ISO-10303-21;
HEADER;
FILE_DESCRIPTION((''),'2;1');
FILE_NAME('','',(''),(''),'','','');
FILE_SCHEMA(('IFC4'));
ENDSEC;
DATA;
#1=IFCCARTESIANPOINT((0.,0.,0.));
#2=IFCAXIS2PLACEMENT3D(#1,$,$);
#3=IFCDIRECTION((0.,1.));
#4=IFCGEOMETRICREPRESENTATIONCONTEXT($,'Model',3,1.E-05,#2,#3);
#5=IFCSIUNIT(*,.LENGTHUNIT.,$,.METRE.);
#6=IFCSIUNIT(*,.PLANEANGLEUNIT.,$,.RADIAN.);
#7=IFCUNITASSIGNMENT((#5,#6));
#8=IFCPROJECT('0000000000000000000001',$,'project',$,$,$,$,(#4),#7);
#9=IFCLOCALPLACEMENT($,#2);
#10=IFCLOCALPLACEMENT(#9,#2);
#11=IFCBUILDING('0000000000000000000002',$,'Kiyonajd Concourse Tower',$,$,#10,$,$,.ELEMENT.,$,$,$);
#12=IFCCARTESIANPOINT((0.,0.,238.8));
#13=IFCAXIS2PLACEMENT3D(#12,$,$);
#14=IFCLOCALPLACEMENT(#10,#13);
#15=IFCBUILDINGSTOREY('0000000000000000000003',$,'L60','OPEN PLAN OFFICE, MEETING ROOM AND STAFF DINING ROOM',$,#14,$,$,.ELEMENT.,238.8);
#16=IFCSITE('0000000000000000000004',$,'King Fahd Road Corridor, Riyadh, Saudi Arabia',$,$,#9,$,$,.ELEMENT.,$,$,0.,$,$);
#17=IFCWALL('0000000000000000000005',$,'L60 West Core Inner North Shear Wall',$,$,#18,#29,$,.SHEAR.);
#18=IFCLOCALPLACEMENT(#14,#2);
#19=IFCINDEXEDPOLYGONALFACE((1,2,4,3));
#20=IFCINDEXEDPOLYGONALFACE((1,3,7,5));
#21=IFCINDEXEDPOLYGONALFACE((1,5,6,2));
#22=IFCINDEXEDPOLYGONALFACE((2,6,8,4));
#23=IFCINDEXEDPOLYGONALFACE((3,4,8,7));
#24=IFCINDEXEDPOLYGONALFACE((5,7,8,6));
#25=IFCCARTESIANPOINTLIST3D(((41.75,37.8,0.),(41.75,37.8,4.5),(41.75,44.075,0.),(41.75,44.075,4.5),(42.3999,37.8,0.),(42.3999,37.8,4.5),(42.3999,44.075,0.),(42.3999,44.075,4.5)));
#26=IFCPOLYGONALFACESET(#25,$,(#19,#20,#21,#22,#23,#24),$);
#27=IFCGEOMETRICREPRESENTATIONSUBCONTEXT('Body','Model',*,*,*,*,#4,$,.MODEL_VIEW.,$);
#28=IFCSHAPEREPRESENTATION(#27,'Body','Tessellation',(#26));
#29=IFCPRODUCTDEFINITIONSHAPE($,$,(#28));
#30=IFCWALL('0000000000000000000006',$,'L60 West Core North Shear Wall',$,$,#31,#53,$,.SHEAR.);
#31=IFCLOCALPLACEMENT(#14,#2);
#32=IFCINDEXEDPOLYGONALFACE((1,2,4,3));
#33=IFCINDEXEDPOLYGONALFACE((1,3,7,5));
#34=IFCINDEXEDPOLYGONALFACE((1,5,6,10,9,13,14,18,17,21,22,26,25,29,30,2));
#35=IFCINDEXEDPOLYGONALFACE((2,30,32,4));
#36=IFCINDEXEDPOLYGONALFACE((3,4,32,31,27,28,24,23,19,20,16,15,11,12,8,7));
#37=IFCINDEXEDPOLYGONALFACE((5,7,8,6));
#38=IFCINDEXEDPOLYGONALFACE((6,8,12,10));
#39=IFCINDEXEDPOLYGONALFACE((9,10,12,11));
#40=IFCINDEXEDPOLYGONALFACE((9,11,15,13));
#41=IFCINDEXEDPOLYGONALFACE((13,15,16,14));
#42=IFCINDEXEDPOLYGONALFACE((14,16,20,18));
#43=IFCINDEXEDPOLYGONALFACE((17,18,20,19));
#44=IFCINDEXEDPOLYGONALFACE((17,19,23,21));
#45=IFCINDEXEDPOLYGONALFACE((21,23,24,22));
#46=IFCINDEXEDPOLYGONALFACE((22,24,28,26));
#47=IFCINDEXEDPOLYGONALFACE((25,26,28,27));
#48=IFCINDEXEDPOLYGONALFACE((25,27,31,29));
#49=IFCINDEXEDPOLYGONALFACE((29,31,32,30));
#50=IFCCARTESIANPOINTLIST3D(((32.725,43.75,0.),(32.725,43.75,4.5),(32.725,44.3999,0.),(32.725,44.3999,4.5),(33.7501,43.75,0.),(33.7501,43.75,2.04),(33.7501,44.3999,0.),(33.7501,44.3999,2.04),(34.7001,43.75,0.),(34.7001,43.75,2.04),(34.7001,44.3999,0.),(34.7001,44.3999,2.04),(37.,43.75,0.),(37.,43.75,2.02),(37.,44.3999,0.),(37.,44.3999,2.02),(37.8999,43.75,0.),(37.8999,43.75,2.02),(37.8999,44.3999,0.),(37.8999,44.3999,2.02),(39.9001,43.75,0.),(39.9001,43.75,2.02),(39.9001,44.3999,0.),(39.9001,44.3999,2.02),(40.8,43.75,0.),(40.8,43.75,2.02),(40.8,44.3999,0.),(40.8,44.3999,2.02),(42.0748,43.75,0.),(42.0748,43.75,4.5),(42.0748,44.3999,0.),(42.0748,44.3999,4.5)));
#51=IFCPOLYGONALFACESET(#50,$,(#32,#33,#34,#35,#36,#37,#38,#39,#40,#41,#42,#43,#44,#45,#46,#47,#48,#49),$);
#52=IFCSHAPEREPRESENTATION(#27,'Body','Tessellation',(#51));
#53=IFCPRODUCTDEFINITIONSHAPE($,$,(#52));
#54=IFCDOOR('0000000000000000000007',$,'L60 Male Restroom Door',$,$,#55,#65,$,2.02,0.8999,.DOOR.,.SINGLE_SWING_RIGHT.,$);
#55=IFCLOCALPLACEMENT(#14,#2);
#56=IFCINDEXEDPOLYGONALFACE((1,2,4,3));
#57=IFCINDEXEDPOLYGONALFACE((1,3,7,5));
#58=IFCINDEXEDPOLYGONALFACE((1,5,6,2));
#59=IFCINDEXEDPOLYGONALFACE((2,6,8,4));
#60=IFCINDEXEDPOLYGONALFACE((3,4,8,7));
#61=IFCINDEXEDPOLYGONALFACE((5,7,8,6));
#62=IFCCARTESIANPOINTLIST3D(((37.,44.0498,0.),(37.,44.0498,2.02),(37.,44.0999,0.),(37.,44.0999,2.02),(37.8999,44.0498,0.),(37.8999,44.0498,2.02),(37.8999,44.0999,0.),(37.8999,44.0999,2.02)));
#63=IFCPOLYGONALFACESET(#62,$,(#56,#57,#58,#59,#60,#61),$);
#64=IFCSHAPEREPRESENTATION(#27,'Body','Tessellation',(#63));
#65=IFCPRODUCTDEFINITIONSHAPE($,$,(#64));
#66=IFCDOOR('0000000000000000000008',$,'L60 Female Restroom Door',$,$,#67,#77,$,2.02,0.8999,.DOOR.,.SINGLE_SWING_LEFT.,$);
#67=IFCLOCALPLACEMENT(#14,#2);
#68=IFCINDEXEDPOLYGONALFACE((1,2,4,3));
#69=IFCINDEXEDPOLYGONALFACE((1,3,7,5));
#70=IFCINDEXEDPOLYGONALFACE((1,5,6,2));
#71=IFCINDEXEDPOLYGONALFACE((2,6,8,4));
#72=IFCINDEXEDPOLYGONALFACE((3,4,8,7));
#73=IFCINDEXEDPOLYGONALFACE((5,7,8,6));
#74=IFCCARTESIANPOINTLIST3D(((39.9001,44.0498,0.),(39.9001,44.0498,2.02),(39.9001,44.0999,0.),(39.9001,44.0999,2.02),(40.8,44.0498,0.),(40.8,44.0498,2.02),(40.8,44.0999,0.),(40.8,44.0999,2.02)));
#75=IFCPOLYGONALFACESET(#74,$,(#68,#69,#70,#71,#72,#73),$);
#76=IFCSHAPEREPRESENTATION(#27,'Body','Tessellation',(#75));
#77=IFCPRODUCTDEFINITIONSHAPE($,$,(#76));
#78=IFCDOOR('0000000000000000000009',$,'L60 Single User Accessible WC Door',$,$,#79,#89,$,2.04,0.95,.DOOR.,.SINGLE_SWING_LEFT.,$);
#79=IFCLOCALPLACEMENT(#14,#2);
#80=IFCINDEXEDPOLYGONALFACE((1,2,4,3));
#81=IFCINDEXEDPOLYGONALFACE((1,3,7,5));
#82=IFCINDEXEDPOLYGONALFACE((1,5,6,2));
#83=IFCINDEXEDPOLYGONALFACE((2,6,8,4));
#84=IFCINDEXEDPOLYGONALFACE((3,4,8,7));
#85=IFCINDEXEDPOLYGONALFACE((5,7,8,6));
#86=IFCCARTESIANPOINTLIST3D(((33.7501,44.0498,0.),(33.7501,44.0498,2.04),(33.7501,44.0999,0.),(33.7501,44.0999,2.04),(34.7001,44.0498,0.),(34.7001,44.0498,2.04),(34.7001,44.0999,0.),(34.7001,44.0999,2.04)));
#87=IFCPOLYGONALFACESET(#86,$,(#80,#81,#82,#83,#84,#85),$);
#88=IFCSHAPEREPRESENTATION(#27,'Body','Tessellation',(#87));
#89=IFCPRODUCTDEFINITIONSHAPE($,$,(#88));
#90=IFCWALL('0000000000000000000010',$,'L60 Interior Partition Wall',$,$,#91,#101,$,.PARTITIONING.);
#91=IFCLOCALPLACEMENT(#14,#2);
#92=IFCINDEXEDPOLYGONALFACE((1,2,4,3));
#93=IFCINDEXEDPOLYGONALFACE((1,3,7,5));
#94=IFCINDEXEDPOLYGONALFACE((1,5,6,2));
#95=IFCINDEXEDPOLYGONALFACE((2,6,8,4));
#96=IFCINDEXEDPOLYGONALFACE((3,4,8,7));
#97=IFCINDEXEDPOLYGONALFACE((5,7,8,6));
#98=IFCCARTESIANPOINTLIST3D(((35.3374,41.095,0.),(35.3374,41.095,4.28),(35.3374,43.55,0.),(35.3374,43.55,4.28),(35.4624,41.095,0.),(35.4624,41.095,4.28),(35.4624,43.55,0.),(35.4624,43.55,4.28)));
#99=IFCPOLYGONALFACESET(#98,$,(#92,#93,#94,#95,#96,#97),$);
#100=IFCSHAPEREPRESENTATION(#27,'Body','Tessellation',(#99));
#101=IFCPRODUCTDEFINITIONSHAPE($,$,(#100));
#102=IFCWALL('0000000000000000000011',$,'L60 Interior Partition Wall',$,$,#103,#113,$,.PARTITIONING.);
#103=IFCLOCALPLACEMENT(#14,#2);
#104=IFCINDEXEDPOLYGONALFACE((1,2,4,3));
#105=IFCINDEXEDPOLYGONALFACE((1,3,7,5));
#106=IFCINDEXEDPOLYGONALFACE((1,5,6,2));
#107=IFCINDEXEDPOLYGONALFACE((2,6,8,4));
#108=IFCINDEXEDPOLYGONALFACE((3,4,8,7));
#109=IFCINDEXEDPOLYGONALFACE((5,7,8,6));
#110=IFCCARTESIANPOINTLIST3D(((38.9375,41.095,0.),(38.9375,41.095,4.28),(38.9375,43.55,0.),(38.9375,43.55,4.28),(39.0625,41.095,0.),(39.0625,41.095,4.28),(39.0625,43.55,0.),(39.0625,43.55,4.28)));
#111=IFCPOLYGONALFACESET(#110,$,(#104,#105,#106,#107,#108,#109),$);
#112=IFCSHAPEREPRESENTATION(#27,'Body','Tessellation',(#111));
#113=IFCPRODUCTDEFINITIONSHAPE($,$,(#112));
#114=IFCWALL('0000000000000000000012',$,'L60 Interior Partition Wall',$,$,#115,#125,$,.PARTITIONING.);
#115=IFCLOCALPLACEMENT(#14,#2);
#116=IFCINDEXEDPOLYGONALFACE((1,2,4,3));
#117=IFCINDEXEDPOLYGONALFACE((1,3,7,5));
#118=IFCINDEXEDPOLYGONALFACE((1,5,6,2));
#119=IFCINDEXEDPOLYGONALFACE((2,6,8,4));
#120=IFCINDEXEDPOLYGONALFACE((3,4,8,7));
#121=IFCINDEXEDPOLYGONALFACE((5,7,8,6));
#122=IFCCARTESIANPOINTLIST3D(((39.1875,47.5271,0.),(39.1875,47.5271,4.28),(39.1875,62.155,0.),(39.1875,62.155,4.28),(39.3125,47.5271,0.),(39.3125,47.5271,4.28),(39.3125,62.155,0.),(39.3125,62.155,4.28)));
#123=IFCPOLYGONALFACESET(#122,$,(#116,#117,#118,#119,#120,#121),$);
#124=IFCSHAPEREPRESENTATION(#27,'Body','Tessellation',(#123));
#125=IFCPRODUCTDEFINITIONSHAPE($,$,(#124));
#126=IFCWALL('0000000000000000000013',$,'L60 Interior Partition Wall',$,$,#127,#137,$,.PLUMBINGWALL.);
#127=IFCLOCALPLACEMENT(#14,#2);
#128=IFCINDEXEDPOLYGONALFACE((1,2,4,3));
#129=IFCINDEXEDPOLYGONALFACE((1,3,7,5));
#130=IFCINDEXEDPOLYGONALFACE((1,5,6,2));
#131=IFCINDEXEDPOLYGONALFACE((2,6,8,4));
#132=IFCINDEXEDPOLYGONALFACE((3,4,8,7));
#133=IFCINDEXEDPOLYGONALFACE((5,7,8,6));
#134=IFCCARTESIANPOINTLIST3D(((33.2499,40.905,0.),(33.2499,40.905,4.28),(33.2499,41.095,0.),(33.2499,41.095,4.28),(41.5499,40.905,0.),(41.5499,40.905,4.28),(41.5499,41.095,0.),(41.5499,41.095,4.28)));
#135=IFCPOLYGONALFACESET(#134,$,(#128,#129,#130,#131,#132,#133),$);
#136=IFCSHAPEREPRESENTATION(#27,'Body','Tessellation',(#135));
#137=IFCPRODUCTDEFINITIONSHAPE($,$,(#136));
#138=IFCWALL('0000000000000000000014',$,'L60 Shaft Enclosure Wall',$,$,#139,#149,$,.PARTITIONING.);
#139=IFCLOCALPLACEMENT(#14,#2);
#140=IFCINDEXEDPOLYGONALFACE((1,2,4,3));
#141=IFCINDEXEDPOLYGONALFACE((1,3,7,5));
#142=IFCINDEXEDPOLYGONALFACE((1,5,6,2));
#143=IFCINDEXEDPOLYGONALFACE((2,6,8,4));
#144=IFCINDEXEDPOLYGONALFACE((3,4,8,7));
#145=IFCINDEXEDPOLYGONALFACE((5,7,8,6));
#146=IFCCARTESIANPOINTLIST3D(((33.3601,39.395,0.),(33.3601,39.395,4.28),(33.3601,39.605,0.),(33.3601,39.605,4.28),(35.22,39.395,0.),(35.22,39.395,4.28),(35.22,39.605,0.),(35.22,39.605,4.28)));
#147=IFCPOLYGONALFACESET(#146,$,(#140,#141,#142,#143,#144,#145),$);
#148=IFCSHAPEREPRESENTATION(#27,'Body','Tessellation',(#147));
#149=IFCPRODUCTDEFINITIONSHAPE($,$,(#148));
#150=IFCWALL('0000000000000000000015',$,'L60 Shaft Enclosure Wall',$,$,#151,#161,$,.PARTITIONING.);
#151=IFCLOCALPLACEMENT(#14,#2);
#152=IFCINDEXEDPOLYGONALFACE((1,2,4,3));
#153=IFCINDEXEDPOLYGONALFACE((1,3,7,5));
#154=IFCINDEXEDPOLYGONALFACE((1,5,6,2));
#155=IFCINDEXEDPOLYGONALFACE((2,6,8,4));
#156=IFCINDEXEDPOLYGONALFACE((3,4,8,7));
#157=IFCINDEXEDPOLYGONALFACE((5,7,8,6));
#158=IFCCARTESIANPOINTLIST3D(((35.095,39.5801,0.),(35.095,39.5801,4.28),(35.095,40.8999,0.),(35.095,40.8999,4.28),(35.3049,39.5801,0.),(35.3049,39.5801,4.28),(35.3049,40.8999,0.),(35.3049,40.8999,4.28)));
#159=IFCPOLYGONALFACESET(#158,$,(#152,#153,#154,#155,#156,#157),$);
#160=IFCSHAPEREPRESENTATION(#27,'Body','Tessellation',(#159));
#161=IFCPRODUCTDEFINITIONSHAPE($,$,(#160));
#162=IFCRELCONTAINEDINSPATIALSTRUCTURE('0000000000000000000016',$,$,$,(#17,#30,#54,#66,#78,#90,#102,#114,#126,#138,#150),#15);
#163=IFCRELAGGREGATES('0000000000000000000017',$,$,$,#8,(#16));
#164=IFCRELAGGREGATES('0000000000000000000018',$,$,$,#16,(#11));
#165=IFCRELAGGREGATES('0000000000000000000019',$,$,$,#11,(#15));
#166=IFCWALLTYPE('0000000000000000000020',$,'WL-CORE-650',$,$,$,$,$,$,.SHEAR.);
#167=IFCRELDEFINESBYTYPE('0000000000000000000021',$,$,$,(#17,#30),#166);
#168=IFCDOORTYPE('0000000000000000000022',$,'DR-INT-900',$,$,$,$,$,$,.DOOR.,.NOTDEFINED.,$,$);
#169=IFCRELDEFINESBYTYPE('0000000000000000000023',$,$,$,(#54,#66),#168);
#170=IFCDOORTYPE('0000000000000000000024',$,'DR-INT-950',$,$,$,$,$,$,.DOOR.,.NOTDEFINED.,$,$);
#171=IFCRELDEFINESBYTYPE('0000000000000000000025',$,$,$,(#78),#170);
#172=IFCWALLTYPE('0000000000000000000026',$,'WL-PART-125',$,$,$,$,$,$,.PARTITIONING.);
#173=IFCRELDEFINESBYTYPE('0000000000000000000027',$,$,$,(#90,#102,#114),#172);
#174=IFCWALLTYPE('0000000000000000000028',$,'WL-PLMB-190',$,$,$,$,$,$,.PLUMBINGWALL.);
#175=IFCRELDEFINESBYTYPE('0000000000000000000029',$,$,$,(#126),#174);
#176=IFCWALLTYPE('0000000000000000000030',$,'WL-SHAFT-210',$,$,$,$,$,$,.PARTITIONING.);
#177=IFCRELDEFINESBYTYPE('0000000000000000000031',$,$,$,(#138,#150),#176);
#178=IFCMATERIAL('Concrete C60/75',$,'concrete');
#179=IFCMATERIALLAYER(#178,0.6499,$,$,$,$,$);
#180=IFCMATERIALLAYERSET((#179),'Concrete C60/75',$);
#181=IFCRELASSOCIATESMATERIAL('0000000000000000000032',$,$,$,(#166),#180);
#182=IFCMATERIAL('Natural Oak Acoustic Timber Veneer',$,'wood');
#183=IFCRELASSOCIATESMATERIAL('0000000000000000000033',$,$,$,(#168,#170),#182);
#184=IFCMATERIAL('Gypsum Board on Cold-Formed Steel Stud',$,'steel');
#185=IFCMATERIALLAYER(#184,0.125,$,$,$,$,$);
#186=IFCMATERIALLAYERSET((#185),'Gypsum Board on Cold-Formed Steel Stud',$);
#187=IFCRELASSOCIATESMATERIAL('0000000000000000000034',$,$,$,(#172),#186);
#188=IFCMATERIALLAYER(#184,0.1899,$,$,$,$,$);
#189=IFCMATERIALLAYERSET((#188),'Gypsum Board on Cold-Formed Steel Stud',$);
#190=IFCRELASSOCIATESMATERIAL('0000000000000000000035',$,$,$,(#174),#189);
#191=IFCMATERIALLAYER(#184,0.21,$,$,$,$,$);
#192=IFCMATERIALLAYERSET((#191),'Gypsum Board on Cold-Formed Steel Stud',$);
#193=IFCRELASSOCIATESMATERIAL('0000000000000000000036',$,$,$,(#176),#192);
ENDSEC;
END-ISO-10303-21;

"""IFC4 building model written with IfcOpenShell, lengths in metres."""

from ifc_helpers import new_model, si_unit, direction, frame, frame_2d, origin, place, context, subcontext, project, spatial, rectangle, extrude, material, layer, layer_set, type_object, element, fill, save


model = new_model("IFC4")

# Units and contexts
model_context = context("Model", 3, precision=1e-05, world=origin(), true_north=direction((0.0, 1.0)))
body_context = subcontext(model_context, "Body", "Model", "MODEL_VIEW")
ifc_project = project(units=[si_unit("LENGTHUNIT", "METRE"), si_unit("PLANEANGLEUNIT", "RADIAN")], contexts=[model_context])

# Site, building, storey
site_placement = place(None, origin())
site = spatial("IfcSite", under=ifc_project, at=site_placement, Name="King Fahd Road Corridor, Riyadh, Saudi Arabia", CompositionType="ELEMENT", RefElevation=0.0)
building_placement = place(site_placement, origin())
building = spatial("IfcBuilding", under=site, at=building_placement, Name="Kiyonajd Concourse Tower", CompositionType="ELEMENT")
storey_placement = place(building_placement, frame((0.0, 0.0, 238.8)))
storey = spatial("IfcBuildingStorey", under=building, at=storey_placement, Name="L60", Description="OPEN PLAN OFFICE, MEETING ROOM AND STAFF DINING ROOM", CompositionType="ELEMENT", Elevation=238.8)

# Shared definitions
ifc_material_1 = material(Name="Concrete C60/75", Category="concrete")

# Wall
ifc_layer_1 = layer(ifc_material_1, 0.6499)
ifc_layer_set_1 = layer_set([ifc_layer_1], Name="Concrete C60/75")
wall_type_1 = type_object("IfcWallType", Name="WL-CORE-650", PredefinedType="SHEAR", material=ifc_layer_set_1)
wall_1_placement = place(storey_placement, frame((42.075, 37.8, 0.0), z_axis=(0.0, 0.0, 1.0), x_axis=(0.0, 1.0, 0.0)))
element("IfcWall", 1, at=wall_1_placement, inside=storey, type_object=wall_type_1, Name="L60 West Core Inner North Shear Wall", PredefinedType="SHEAR", context=body_context, shape_type="SweptSolid", body=[
    extrude(rectangle(XDim=6.2749, YDim=0.6499, at=frame_2d((3.1375, 0.0))), origin(), (0.0, 0.0, 1.0), 4.5),
])

# Wall, openings, doors
wall_2_placement = place(storey_placement, frame((32.7251, 44.075, 0.0), z_axis=(0.0, 0.0, 1.0), x_axis=(1.0, 0.0, 0.0)))
wall_2 = element("IfcWall", 2, at=wall_2_placement, inside=storey, type_object=wall_type_1, Name="L60 West Core North Shear Wall", PredefinedType="SHEAR", context=body_context, shape_type="SweptSolid", body=[
    extrude(rectangle(XDim=9.3499, YDim=0.6499, at=frame_2d((4.6748, 0.0))), origin(), (0.0, 0.0, 1.0), 4.5),
])
opening_1_placement = place(wall_2_placement, frame((1.0249, 0.0, 0.0)))
opening_1 = element("IfcOpeningElement", 3, at=opening_1_placement, cuts=wall_2, PredefinedType="OPENING", context=body_context, shape_type="SweptSolid", body=[
    extrude(rectangle(XDim=0.95, YDim=2.04, at=frame_2d((0.4751, 1.02))), frame((0.0, 0.335, 0.0), z_axis=(0.0, -1.0, 0.0), x_axis=(1.0, 0.0, 0.0)), (0.0, 0.0, 1.0), 0.6699),
])
opening_2_placement = place(wall_2_placement, frame((4.2749, 0.0, 0.0)))
opening_2 = element("IfcOpeningElement", 4, at=opening_2_placement, cuts=wall_2, PredefinedType="OPENING", context=body_context, shape_type="SweptSolid", body=[
    extrude(rectangle(XDim=0.8999, YDim=2.02, at=frame_2d((0.45, 1.01))), frame((0.0, 0.335, 0.0), z_axis=(0.0, -1.0, 0.0), x_axis=(1.0, 0.0, 0.0)), (0.0, 0.0, 1.0), 0.6699),
])
opening_3_placement = place(wall_2_placement, frame((7.175, 0.0, 0.0)))
opening_3 = element("IfcOpeningElement", 5, at=opening_3_placement, cuts=wall_2, PredefinedType="OPENING", context=body_context, shape_type="SweptSolid", body=[
    extrude(rectangle(XDim=0.8999, YDim=2.02, at=frame_2d((0.45, 1.01))), frame((0.0, 0.335, 0.0), z_axis=(0.0, -1.0, 0.0), x_axis=(1.0, 0.0, 0.0)), (0.0, 0.0, 1.0), 0.6699),
])
ifc_material_2 = material(Name="Natural Oak Acoustic Timber Veneer", Category="wood")
door_type_1 = type_object("IfcDoorType", Name="DR-INT-900", OperationType="NOTDEFINED", PredefinedType="DOOR", material=ifc_material_2)
door_1_placement = place(opening_2_placement, origin())
door_1 = element("IfcDoor", 6, at=door_1_placement, inside=storey, type_object=door_type_1, Name="L60 Male Restroom Door", OperationType="SINGLE_SWING_RIGHT", OverallHeight=2.02, OverallWidth=0.8999, PredefinedType="DOOR", context=body_context, shape_type="SweptSolid", body=[
    extrude(rectangle(XDim=0.8999, YDim=2.02, at=frame_2d((0.45, 1.01))), frame((0.0, 0.0249, 0.0), z_axis=(0.0, -1.0, 0.0), x_axis=(1.0, 0.0, 0.0)), (0.0, 0.0, 1.0), 0.05),
])
fill(opening_2, door_1)
door_2_placement = place(opening_3_placement, origin())
door_2 = element("IfcDoor", 7, at=door_2_placement, inside=storey, type_object=door_type_1, Name="L60 Female Restroom Door", OperationType="SINGLE_SWING_LEFT", OverallHeight=2.02, OverallWidth=0.8999, PredefinedType="DOOR", context=body_context, shape_type="SweptSolid", body=[
    extrude(rectangle(XDim=0.8999, YDim=2.02, at=frame_2d((0.45, 1.01))), frame((0.0, 0.0249, 0.0), z_axis=(0.0, -1.0, 0.0), x_axis=(1.0, 0.0, 0.0)), (0.0, 0.0, 1.0), 0.05),
])
fill(opening_3, door_2)
door_type_2 = type_object("IfcDoorType", Name="DR-INT-950", OperationType="NOTDEFINED", PredefinedType="DOOR", material=ifc_material_2)
door_3_placement = place(opening_1_placement, origin())
door_3 = element("IfcDoor", 8, at=door_3_placement, inside=storey, type_object=door_type_2, Name="L60 Single User Accessible WC Door", OperationType="SINGLE_SWING_LEFT", OverallHeight=2.04, OverallWidth=0.95, PredefinedType="DOOR", context=body_context, shape_type="SweptSolid", body=[
    extrude(rectangle(XDim=0.95, YDim=2.04, at=frame_2d((0.4751, 1.02))), frame((0.0, 0.0249, 0.0), z_axis=(0.0, -1.0, 0.0), x_axis=(1.0, 0.0, 0.0)), (0.0, 0.0, 1.0), 0.05),
])
fill(opening_1, door_3)

# Walls
ifc_material_3 = material(Name="Gypsum Board on Cold-Formed Steel Stud", Category="steel")
ifc_layer_2 = layer(ifc_material_3, 0.125)
ifc_layer_set_2 = layer_set([ifc_layer_2], Name="Gypsum Board on Cold-Formed Steel Stud")
wall_type_2 = type_object("IfcWallType", Name="WL-PART-125", PredefinedType="PARTITIONING", material=ifc_layer_set_2)
for number, where, z_axis, x_axis, name in (
    (9, (35.3999, 41.095, 0.0), (0.0, 0.0, 1.0), (0.0, 1.0, 0.0), "L60 Interior Partition Wall"),
    (10, (39.0, 41.095, 0.0), (0.0, 0.0, 1.0), (0.0, 1.0, 0.0), "L60 Interior Partition Wall"),
):
    element("IfcWall", number, at=place(storey_placement, frame(where, z_axis=z_axis, x_axis=x_axis)), inside=storey, type_object=wall_type_2, Name=name, PredefinedType="PARTITIONING", context=body_context, shape_type="SweptSolid", body=[
        extrude(rectangle(XDim=2.4551, YDim=0.125, at=frame_2d((1.2275, 0.0))), origin(), (0.0, 0.0, 1.0), 4.28),
    ])
wall_3_placement = place(storey_placement, frame((39.25, 47.5271, 0.0), z_axis=(0.0, 0.0, 1.0), x_axis=(0.0, 1.0, 0.0)))
element("IfcWall", 11, at=wall_3_placement, inside=storey, type_object=wall_type_2, Name="L60 Interior Partition Wall", PredefinedType="PARTITIONING", context=body_context, shape_type="SweptSolid", body=[
    extrude(rectangle(XDim=14.6279, YDim=0.125, at=frame_2d((7.314, 0.0))), origin(), (0.0, 0.0, 1.0), 4.28),
])
ifc_layer_3 = layer(ifc_material_3, 0.1899)
ifc_layer_set_3 = layer_set([ifc_layer_3], Name="Gypsum Board on Cold-Formed Steel Stud")
wall_type_3 = type_object("IfcWallType", Name="WL-PLMB-190", PredefinedType="PLUMBINGWALL", material=ifc_layer_set_3)
wall_4_placement = place(storey_placement, frame((33.25, 41.0, 0.0), z_axis=(0.0, 0.0, 1.0), x_axis=(1.0, 0.0, 0.0)))
element("IfcWall", 12, at=wall_4_placement, inside=storey, type_object=wall_type_3, Name="L60 Interior Partition Wall", PredefinedType="PLUMBINGWALL", context=body_context, shape_type="SweptSolid", body=[
    extrude(rectangle(XDim=8.3, YDim=0.1899, at=frame_2d((4.1499, 0.0))), origin(), (0.0, 0.0, 1.0), 4.28),
])
ifc_layer_4 = layer(ifc_material_3, 0.21)
ifc_layer_set_4 = layer_set([ifc_layer_4], Name="Gypsum Board on Cold-Formed Steel Stud")
wall_type_4 = type_object("IfcWallType", Name="WL-SHAFT-210", PredefinedType="PARTITIONING", material=ifc_layer_set_4)
wall_5_placement = place(storey_placement, frame((33.3601, 39.5, 0.0), z_axis=(0.0, 0.0, 1.0), x_axis=(1.0, 0.0, 0.0)))
element("IfcWall", 13, at=wall_5_placement, inside=storey, type_object=wall_type_4, Name="L60 Shaft Enclosure Wall", PredefinedType="PARTITIONING", context=body_context, shape_type="SweptSolid", body=[
    extrude(rectangle(XDim=1.8599, YDim=0.21, at=frame_2d((0.9299, 0.0))), origin(), (0.0, 0.0, 1.0), 4.28),
])
wall_6_placement = place(storey_placement, frame((35.2, 39.5801, 0.0), z_axis=(0.0, 0.0, 1.0), x_axis=(0.0, 1.0, 0.0)))
element("IfcWall", 14, at=wall_6_placement, inside=storey, type_object=wall_type_4, Name="L60 Shaft Enclosure Wall", PredefinedType="PARTITIONING", context=body_context, shape_type="SweptSolid", body=[
    extrude(rectangle(XDim=1.3198, YDim=0.21, at=frame_2d((0.6599, 0.0))), origin(), (0.0, 0.0, 1.0), 4.28),
])

save(model, "model.ifc")
